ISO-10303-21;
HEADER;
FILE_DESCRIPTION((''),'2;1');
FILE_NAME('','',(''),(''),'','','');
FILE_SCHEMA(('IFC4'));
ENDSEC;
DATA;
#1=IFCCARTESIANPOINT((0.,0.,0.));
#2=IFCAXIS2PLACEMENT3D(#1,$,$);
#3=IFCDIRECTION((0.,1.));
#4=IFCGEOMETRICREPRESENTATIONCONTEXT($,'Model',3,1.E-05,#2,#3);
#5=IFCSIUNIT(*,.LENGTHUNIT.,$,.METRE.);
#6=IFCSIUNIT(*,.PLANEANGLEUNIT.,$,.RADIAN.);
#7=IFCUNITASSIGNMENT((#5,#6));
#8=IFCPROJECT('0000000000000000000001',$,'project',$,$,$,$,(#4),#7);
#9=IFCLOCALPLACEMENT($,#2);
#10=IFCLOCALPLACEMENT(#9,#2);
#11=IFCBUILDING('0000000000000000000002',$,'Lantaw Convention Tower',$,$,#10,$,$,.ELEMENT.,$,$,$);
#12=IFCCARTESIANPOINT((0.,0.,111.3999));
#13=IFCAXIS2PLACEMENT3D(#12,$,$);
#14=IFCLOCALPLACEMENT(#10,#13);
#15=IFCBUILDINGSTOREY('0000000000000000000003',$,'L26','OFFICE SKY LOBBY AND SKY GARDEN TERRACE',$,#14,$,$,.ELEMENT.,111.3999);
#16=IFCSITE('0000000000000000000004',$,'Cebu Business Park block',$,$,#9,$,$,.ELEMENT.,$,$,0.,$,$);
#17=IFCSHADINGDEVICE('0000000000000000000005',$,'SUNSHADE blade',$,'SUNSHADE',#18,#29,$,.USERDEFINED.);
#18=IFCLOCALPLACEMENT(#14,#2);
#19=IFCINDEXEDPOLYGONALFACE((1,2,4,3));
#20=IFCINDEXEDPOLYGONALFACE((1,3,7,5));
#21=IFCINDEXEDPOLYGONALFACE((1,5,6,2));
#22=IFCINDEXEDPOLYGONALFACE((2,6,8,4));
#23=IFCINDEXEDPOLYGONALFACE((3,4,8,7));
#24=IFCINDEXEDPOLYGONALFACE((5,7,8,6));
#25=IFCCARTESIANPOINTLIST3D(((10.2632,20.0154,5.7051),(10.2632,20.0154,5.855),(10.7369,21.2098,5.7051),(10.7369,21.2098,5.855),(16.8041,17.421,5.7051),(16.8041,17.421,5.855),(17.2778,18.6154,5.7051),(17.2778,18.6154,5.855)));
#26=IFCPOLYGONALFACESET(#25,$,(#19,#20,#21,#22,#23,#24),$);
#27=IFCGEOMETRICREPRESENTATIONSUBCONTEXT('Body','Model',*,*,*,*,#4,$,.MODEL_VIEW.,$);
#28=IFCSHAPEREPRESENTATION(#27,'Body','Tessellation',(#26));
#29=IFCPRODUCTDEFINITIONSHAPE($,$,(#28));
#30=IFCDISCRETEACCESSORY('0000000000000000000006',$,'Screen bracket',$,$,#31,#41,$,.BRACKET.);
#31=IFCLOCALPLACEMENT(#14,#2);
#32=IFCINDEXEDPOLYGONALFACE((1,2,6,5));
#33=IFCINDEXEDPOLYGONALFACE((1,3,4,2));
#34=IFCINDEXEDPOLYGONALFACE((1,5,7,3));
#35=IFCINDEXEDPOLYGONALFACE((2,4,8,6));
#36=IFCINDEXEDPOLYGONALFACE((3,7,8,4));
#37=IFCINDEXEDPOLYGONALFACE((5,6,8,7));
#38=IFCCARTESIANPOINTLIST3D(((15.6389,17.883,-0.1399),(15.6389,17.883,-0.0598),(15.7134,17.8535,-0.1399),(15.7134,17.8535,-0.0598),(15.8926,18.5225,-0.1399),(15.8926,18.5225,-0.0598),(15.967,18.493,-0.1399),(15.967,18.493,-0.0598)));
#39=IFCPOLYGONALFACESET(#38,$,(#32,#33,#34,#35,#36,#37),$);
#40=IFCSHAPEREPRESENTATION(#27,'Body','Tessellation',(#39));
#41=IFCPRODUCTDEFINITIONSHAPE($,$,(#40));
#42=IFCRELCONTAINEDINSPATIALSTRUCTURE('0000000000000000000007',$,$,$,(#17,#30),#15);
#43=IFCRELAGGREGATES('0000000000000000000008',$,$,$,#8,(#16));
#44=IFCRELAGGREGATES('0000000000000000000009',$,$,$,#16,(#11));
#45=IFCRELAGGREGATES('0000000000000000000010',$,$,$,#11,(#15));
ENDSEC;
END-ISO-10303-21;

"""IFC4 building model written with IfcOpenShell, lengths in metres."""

from ifc_helpers import new_model, si_unit, direction, frame, origin, origin_2d, place, context, subcontext, project, spatial, rectangle, extrude, element, save


model = new_model("IFC4")

# Units and contexts
model_context = context("Model", 3, precision=1e-05, world=origin(), true_north=direction((0.0, 1.0)))
body_context = subcontext(model_context, "Body", "Model", "MODEL_VIEW")
ifc_project = project(units=[si_unit("LENGTHUNIT", "METRE"), si_unit("PLANEANGLEUNIT", "RADIAN")], contexts=[model_context])

# Site, building, storey
site_placement = place(None, origin())
site = spatial("IfcSite", under=ifc_project, at=site_placement, Name="Cebu Business Park block", CompositionType="ELEMENT", RefElevation=0.0)
building_placement = place(site_placement, origin())
building = spatial("IfcBuilding", under=site, at=building_placement, Name="Lantaw Convention Tower", CompositionType="ELEMENT")
storey_placement = place(building_placement, frame((0.0, 0.0, 111.3999)))
storey = spatial("IfcBuildingStorey", under=building, at=storey_placement, Name="L26", Description="OFFICE SKY LOBBY AND SKY GARDEN TERRACE", CompositionType="ELEMENT", Elevation=111.3999)

# Shading device
shading_device_placement = place(storey_placement, frame((13.7705, 19.3154, 5.7051), z_axis=(0.0, 0.0, 1.0), x_axis=(-0.929548, 0.368702, 0.0)))
element("IfcShadingDevice", 1, at=shading_device_placement, inside=storey, Name="SUNSHADE blade", ObjectType="SUNSHADE", PredefinedType="USERDEFINED", context=body_context, shape_type="SweptSolid", body=[
    extrude(rectangle(XDim=7.0366, YDim=1.2849, at=origin_2d()), origin(), (0.0, 0.0, 1.0), 0.1499),
])

# Discrete accessory
discrete_accessory_placement = place(storey_placement, frame((15.803, 18.188, -0.1399), z_axis=(0.0, 0.0, 1.0), x_axis=(-0.929548, 0.368702, 0.0)))
element("IfcDiscreteAccessory", 2, at=discrete_accessory_placement, inside=storey, Name="Screen bracket", PredefinedType="BRACKET", context=body_context, shape_type="SweptSolid", body=[
    extrude(rectangle(XDim=0.0801, YDim=0.688, at=origin_2d()), origin(), (0.0, 0.0, 1.0), 0.0801),
])

save(model, "model.ifc")
